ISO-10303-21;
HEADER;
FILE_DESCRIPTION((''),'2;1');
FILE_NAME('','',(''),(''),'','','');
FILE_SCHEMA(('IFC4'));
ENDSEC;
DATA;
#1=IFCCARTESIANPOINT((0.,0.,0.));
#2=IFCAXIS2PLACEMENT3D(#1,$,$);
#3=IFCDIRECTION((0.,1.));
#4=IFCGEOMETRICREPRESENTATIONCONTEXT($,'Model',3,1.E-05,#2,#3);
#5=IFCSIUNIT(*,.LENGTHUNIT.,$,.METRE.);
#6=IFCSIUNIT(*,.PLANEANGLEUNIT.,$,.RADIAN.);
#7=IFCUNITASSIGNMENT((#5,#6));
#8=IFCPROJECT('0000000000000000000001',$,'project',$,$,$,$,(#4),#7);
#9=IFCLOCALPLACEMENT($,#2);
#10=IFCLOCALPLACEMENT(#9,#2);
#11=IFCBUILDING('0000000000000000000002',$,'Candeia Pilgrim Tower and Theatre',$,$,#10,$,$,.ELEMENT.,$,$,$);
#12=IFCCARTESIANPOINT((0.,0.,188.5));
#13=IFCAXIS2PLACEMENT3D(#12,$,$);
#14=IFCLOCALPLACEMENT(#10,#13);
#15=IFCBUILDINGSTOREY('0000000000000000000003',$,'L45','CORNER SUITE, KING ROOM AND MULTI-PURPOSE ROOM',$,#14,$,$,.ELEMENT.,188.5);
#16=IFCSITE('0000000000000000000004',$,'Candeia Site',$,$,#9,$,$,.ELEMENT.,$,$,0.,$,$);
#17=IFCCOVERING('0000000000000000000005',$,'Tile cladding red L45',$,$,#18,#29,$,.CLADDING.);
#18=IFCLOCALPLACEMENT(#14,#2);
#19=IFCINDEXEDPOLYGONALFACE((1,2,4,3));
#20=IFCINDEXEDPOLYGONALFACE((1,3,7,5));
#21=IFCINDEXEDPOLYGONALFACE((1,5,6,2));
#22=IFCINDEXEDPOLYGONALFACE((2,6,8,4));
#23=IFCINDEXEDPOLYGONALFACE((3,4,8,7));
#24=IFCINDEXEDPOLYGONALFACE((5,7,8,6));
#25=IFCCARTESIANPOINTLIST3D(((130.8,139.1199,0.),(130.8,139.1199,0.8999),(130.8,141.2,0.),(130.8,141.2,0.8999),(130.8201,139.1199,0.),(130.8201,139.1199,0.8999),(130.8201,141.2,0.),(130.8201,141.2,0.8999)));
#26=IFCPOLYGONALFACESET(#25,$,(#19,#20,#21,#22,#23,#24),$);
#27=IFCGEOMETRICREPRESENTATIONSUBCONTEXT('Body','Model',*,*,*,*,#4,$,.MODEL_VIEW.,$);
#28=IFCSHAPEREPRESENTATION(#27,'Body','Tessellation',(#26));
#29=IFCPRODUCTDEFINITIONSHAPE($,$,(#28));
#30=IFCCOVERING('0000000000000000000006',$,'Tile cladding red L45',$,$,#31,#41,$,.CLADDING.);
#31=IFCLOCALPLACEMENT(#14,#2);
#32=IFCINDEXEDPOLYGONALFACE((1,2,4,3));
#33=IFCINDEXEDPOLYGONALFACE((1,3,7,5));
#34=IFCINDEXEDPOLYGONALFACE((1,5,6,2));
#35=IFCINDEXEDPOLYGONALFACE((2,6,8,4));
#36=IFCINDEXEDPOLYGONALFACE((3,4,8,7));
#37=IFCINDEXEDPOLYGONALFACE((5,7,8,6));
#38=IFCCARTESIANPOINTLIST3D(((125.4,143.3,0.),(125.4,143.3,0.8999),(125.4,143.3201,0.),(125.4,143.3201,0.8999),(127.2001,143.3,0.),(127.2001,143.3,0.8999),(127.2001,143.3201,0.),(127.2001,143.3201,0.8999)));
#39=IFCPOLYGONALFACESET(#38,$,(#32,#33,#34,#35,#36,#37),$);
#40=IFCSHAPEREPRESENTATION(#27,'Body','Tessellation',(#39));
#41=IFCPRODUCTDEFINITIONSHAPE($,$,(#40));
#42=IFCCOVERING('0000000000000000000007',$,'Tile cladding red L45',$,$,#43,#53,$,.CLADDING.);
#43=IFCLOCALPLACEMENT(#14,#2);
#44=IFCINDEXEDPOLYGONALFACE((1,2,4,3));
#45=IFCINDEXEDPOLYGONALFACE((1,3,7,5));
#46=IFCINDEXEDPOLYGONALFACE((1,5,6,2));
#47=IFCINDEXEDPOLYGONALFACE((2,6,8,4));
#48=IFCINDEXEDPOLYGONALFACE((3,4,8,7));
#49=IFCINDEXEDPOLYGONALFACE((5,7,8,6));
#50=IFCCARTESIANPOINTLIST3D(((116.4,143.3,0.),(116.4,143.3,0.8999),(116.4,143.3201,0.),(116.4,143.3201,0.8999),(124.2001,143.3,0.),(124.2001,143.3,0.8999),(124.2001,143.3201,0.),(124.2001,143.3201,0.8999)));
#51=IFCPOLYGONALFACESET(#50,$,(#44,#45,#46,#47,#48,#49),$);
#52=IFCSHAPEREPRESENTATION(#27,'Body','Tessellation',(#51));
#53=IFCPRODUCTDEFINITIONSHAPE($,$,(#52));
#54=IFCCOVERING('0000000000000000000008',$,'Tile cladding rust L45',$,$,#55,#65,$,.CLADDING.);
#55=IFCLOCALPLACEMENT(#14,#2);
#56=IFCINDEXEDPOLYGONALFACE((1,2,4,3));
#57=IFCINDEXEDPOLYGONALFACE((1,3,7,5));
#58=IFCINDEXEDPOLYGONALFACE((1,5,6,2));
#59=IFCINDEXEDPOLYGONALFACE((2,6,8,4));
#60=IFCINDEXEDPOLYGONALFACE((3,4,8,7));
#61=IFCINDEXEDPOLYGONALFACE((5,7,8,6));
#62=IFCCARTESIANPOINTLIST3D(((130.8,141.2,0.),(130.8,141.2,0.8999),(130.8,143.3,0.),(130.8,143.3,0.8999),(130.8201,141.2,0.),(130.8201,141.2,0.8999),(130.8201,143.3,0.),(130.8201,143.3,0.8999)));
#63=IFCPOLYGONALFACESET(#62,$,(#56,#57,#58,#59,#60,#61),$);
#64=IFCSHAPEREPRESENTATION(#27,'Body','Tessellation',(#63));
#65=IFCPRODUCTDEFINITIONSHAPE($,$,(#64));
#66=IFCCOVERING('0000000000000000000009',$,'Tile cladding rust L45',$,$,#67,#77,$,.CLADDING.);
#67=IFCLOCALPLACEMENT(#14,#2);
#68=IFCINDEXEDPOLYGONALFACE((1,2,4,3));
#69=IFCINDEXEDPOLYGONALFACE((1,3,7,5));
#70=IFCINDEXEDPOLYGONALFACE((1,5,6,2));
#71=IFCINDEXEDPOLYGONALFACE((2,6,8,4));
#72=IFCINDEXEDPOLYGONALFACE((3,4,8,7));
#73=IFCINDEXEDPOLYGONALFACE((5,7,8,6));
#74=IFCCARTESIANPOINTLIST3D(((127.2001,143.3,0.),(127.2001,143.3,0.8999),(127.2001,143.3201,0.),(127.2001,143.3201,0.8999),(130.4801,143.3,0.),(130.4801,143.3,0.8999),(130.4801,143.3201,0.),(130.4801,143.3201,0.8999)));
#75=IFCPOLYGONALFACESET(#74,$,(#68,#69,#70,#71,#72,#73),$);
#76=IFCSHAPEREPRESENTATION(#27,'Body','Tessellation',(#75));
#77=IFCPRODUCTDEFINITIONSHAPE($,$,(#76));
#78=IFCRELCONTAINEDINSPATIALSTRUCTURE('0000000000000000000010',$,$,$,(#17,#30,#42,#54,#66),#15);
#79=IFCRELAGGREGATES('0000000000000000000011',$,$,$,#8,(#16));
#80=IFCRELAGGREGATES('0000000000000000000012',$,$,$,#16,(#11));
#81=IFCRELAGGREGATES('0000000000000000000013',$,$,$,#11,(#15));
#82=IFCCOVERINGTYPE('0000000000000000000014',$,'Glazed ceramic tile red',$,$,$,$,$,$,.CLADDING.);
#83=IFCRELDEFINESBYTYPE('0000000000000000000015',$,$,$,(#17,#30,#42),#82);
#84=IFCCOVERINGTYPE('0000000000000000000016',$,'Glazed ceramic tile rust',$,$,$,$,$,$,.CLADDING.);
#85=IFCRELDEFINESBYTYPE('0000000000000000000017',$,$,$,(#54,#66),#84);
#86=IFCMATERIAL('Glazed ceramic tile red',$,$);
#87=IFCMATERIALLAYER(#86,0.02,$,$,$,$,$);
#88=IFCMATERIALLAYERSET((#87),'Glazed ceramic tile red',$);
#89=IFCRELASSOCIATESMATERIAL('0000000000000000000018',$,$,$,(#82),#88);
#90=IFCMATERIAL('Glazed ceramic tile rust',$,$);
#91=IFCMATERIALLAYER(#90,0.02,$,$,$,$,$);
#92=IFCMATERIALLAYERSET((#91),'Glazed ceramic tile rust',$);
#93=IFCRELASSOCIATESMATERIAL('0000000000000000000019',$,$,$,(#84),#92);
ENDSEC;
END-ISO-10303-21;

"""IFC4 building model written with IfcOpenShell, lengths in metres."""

from ifc_helpers import new_model, si_unit, direction, frame, origin, origin_2d, place, context, subcontext, project, spatial, rectangle, extrude, material, layer, layer_set, type_object, element, save


model = new_model("IFC4")

# Units and contexts
model_context = context("Model", 3, precision=1e-05, world=origin(), true_north=direction((0.0, 1.0)))
body_context = subcontext(model_context, "Body", "Model", "MODEL_VIEW")
ifc_project = project(units=[si_unit("LENGTHUNIT", "METRE"), si_unit("PLANEANGLEUNIT", "RADIAN")], contexts=[model_context])

# Site, building, storey
site_placement = place(None, origin())
site = spatial("IfcSite", under=ifc_project, at=site_placement, Name="Candeia Site", CompositionType="ELEMENT", RefElevation=0.0)
building_placement = place(site_placement, origin())
building = spatial("IfcBuilding", under=site, at=building_placement, Name="Candeia Pilgrim Tower and Theatre", CompositionType="ELEMENT")
storey_placement = place(building_placement, frame((0.0, 0.0, 188.5)))
storey = spatial("IfcBuildingStorey", under=building, at=storey_placement, Name="L45", Description="CORNER SUITE, KING ROOM AND MULTI-PURPOSE ROOM", CompositionType="ELEMENT", Elevation=188.5)

# Coverings
ifc_material_1 = material(Name="Glazed ceramic tile red")
ifc_layer_1 = layer(ifc_material_1, 0.02)
ifc_layer_set_1 = layer_set([ifc_layer_1], Name="Glazed ceramic tile red")
covering_type_1 = type_object("IfcCoveringType", Name="Glazed ceramic tile red", PredefinedType="CLADDING", material=ifc_layer_set_1)
covering_1_placement = place(storey_placement, frame((130.8101, 140.1599, 0.0), z_axis=(0.0, 0.0, 1.0), x_axis=(0.0, 1.0, 0.0)))
element("IfcCovering", 1, at=covering_1_placement, inside=storey, type_object=covering_type_1, Name="Tile cladding red L45", PredefinedType="CLADDING", context=body_context, shape_type="SweptSolid", body=[
    extrude(rectangle(XDim=2.0801, YDim=0.02, at=origin_2d()), origin(), (0.0, 0.0, 1.0), 0.8999),
])
covering_2_placement = place(storey_placement, frame((126.3, 143.3101, 0.0), z_axis=(0.0, 0.0, 1.0), x_axis=(-1.0, 0.0, 0.0)))
element("IfcCovering", 2, at=covering_2_placement, inside=storey, type_object=covering_type_1, Name="Tile cladding red L45", PredefinedType="CLADDING", context=body_context, shape_type="SweptSolid", body=[
    extrude(rectangle(XDim=1.8, YDim=0.02, at=origin_2d()), origin(), (0.0, 0.0, 1.0), 0.8999),
])
covering_3_placement = place(storey_placement, frame((120.3, 143.3101, 0.0), z_axis=(0.0, 0.0, 1.0), x_axis=(-1.0, 0.0, 0.0)))
element("IfcCovering", 3, at=covering_3_placement, inside=storey, type_object=covering_type_1, Name="Tile cladding red L45", PredefinedType="CLADDING", context=body_context, shape_type="SweptSolid", body=[
    extrude(rectangle(XDim=7.8, YDim=0.02, at=origin_2d()), origin(), (0.0, 0.0, 1.0), 0.8999),
])
ifc_material_2 = material(Name="Glazed ceramic tile rust")
ifc_layer_2 = layer(ifc_material_2, 0.02)
ifc_layer_set_2 = layer_set([ifc_layer_2], Name="Glazed ceramic tile rust")
covering_type_2 = type_object("IfcCoveringType", Name="Glazed ceramic tile rust", PredefinedType="CLADDING", material=ifc_layer_set_2)
covering_4_placement = place(storey_placement, frame((130.8101, 142.25, 0.0), z_axis=(0.0, 0.0, 1.0), x_axis=(0.0, 1.0, 0.0)))
element("IfcCovering", 4, at=covering_4_placement, inside=storey, type_object=covering_type_2, Name="Tile cladding rust L45", PredefinedType="CLADDING", context=body_context, shape_type="SweptSolid", body=[
    extrude(rectangle(XDim=2.1001, YDim=0.02, at=origin_2d()), origin(), (0.0, 0.0, 1.0), 0.8999),
])
covering_5_placement = place(storey_placement, frame((128.8401, 143.3101, 0.0), z_axis=(0.0, 0.0, 1.0), x_axis=(-1.0, 0.0, 0.0)))
element("IfcCovering", 5, at=covering_5_placement, inside=storey, type_object=covering_type_2, Name="Tile cladding rust L45", PredefinedType="CLADDING", context=body_context, shape_type="SweptSolid", body=[
    extrude(rectangle(XDim=3.28, YDim=0.02, at=origin_2d()), origin(), (0.0, 0.0, 1.0), 0.8999),
])

save(model, "model.ifc")
